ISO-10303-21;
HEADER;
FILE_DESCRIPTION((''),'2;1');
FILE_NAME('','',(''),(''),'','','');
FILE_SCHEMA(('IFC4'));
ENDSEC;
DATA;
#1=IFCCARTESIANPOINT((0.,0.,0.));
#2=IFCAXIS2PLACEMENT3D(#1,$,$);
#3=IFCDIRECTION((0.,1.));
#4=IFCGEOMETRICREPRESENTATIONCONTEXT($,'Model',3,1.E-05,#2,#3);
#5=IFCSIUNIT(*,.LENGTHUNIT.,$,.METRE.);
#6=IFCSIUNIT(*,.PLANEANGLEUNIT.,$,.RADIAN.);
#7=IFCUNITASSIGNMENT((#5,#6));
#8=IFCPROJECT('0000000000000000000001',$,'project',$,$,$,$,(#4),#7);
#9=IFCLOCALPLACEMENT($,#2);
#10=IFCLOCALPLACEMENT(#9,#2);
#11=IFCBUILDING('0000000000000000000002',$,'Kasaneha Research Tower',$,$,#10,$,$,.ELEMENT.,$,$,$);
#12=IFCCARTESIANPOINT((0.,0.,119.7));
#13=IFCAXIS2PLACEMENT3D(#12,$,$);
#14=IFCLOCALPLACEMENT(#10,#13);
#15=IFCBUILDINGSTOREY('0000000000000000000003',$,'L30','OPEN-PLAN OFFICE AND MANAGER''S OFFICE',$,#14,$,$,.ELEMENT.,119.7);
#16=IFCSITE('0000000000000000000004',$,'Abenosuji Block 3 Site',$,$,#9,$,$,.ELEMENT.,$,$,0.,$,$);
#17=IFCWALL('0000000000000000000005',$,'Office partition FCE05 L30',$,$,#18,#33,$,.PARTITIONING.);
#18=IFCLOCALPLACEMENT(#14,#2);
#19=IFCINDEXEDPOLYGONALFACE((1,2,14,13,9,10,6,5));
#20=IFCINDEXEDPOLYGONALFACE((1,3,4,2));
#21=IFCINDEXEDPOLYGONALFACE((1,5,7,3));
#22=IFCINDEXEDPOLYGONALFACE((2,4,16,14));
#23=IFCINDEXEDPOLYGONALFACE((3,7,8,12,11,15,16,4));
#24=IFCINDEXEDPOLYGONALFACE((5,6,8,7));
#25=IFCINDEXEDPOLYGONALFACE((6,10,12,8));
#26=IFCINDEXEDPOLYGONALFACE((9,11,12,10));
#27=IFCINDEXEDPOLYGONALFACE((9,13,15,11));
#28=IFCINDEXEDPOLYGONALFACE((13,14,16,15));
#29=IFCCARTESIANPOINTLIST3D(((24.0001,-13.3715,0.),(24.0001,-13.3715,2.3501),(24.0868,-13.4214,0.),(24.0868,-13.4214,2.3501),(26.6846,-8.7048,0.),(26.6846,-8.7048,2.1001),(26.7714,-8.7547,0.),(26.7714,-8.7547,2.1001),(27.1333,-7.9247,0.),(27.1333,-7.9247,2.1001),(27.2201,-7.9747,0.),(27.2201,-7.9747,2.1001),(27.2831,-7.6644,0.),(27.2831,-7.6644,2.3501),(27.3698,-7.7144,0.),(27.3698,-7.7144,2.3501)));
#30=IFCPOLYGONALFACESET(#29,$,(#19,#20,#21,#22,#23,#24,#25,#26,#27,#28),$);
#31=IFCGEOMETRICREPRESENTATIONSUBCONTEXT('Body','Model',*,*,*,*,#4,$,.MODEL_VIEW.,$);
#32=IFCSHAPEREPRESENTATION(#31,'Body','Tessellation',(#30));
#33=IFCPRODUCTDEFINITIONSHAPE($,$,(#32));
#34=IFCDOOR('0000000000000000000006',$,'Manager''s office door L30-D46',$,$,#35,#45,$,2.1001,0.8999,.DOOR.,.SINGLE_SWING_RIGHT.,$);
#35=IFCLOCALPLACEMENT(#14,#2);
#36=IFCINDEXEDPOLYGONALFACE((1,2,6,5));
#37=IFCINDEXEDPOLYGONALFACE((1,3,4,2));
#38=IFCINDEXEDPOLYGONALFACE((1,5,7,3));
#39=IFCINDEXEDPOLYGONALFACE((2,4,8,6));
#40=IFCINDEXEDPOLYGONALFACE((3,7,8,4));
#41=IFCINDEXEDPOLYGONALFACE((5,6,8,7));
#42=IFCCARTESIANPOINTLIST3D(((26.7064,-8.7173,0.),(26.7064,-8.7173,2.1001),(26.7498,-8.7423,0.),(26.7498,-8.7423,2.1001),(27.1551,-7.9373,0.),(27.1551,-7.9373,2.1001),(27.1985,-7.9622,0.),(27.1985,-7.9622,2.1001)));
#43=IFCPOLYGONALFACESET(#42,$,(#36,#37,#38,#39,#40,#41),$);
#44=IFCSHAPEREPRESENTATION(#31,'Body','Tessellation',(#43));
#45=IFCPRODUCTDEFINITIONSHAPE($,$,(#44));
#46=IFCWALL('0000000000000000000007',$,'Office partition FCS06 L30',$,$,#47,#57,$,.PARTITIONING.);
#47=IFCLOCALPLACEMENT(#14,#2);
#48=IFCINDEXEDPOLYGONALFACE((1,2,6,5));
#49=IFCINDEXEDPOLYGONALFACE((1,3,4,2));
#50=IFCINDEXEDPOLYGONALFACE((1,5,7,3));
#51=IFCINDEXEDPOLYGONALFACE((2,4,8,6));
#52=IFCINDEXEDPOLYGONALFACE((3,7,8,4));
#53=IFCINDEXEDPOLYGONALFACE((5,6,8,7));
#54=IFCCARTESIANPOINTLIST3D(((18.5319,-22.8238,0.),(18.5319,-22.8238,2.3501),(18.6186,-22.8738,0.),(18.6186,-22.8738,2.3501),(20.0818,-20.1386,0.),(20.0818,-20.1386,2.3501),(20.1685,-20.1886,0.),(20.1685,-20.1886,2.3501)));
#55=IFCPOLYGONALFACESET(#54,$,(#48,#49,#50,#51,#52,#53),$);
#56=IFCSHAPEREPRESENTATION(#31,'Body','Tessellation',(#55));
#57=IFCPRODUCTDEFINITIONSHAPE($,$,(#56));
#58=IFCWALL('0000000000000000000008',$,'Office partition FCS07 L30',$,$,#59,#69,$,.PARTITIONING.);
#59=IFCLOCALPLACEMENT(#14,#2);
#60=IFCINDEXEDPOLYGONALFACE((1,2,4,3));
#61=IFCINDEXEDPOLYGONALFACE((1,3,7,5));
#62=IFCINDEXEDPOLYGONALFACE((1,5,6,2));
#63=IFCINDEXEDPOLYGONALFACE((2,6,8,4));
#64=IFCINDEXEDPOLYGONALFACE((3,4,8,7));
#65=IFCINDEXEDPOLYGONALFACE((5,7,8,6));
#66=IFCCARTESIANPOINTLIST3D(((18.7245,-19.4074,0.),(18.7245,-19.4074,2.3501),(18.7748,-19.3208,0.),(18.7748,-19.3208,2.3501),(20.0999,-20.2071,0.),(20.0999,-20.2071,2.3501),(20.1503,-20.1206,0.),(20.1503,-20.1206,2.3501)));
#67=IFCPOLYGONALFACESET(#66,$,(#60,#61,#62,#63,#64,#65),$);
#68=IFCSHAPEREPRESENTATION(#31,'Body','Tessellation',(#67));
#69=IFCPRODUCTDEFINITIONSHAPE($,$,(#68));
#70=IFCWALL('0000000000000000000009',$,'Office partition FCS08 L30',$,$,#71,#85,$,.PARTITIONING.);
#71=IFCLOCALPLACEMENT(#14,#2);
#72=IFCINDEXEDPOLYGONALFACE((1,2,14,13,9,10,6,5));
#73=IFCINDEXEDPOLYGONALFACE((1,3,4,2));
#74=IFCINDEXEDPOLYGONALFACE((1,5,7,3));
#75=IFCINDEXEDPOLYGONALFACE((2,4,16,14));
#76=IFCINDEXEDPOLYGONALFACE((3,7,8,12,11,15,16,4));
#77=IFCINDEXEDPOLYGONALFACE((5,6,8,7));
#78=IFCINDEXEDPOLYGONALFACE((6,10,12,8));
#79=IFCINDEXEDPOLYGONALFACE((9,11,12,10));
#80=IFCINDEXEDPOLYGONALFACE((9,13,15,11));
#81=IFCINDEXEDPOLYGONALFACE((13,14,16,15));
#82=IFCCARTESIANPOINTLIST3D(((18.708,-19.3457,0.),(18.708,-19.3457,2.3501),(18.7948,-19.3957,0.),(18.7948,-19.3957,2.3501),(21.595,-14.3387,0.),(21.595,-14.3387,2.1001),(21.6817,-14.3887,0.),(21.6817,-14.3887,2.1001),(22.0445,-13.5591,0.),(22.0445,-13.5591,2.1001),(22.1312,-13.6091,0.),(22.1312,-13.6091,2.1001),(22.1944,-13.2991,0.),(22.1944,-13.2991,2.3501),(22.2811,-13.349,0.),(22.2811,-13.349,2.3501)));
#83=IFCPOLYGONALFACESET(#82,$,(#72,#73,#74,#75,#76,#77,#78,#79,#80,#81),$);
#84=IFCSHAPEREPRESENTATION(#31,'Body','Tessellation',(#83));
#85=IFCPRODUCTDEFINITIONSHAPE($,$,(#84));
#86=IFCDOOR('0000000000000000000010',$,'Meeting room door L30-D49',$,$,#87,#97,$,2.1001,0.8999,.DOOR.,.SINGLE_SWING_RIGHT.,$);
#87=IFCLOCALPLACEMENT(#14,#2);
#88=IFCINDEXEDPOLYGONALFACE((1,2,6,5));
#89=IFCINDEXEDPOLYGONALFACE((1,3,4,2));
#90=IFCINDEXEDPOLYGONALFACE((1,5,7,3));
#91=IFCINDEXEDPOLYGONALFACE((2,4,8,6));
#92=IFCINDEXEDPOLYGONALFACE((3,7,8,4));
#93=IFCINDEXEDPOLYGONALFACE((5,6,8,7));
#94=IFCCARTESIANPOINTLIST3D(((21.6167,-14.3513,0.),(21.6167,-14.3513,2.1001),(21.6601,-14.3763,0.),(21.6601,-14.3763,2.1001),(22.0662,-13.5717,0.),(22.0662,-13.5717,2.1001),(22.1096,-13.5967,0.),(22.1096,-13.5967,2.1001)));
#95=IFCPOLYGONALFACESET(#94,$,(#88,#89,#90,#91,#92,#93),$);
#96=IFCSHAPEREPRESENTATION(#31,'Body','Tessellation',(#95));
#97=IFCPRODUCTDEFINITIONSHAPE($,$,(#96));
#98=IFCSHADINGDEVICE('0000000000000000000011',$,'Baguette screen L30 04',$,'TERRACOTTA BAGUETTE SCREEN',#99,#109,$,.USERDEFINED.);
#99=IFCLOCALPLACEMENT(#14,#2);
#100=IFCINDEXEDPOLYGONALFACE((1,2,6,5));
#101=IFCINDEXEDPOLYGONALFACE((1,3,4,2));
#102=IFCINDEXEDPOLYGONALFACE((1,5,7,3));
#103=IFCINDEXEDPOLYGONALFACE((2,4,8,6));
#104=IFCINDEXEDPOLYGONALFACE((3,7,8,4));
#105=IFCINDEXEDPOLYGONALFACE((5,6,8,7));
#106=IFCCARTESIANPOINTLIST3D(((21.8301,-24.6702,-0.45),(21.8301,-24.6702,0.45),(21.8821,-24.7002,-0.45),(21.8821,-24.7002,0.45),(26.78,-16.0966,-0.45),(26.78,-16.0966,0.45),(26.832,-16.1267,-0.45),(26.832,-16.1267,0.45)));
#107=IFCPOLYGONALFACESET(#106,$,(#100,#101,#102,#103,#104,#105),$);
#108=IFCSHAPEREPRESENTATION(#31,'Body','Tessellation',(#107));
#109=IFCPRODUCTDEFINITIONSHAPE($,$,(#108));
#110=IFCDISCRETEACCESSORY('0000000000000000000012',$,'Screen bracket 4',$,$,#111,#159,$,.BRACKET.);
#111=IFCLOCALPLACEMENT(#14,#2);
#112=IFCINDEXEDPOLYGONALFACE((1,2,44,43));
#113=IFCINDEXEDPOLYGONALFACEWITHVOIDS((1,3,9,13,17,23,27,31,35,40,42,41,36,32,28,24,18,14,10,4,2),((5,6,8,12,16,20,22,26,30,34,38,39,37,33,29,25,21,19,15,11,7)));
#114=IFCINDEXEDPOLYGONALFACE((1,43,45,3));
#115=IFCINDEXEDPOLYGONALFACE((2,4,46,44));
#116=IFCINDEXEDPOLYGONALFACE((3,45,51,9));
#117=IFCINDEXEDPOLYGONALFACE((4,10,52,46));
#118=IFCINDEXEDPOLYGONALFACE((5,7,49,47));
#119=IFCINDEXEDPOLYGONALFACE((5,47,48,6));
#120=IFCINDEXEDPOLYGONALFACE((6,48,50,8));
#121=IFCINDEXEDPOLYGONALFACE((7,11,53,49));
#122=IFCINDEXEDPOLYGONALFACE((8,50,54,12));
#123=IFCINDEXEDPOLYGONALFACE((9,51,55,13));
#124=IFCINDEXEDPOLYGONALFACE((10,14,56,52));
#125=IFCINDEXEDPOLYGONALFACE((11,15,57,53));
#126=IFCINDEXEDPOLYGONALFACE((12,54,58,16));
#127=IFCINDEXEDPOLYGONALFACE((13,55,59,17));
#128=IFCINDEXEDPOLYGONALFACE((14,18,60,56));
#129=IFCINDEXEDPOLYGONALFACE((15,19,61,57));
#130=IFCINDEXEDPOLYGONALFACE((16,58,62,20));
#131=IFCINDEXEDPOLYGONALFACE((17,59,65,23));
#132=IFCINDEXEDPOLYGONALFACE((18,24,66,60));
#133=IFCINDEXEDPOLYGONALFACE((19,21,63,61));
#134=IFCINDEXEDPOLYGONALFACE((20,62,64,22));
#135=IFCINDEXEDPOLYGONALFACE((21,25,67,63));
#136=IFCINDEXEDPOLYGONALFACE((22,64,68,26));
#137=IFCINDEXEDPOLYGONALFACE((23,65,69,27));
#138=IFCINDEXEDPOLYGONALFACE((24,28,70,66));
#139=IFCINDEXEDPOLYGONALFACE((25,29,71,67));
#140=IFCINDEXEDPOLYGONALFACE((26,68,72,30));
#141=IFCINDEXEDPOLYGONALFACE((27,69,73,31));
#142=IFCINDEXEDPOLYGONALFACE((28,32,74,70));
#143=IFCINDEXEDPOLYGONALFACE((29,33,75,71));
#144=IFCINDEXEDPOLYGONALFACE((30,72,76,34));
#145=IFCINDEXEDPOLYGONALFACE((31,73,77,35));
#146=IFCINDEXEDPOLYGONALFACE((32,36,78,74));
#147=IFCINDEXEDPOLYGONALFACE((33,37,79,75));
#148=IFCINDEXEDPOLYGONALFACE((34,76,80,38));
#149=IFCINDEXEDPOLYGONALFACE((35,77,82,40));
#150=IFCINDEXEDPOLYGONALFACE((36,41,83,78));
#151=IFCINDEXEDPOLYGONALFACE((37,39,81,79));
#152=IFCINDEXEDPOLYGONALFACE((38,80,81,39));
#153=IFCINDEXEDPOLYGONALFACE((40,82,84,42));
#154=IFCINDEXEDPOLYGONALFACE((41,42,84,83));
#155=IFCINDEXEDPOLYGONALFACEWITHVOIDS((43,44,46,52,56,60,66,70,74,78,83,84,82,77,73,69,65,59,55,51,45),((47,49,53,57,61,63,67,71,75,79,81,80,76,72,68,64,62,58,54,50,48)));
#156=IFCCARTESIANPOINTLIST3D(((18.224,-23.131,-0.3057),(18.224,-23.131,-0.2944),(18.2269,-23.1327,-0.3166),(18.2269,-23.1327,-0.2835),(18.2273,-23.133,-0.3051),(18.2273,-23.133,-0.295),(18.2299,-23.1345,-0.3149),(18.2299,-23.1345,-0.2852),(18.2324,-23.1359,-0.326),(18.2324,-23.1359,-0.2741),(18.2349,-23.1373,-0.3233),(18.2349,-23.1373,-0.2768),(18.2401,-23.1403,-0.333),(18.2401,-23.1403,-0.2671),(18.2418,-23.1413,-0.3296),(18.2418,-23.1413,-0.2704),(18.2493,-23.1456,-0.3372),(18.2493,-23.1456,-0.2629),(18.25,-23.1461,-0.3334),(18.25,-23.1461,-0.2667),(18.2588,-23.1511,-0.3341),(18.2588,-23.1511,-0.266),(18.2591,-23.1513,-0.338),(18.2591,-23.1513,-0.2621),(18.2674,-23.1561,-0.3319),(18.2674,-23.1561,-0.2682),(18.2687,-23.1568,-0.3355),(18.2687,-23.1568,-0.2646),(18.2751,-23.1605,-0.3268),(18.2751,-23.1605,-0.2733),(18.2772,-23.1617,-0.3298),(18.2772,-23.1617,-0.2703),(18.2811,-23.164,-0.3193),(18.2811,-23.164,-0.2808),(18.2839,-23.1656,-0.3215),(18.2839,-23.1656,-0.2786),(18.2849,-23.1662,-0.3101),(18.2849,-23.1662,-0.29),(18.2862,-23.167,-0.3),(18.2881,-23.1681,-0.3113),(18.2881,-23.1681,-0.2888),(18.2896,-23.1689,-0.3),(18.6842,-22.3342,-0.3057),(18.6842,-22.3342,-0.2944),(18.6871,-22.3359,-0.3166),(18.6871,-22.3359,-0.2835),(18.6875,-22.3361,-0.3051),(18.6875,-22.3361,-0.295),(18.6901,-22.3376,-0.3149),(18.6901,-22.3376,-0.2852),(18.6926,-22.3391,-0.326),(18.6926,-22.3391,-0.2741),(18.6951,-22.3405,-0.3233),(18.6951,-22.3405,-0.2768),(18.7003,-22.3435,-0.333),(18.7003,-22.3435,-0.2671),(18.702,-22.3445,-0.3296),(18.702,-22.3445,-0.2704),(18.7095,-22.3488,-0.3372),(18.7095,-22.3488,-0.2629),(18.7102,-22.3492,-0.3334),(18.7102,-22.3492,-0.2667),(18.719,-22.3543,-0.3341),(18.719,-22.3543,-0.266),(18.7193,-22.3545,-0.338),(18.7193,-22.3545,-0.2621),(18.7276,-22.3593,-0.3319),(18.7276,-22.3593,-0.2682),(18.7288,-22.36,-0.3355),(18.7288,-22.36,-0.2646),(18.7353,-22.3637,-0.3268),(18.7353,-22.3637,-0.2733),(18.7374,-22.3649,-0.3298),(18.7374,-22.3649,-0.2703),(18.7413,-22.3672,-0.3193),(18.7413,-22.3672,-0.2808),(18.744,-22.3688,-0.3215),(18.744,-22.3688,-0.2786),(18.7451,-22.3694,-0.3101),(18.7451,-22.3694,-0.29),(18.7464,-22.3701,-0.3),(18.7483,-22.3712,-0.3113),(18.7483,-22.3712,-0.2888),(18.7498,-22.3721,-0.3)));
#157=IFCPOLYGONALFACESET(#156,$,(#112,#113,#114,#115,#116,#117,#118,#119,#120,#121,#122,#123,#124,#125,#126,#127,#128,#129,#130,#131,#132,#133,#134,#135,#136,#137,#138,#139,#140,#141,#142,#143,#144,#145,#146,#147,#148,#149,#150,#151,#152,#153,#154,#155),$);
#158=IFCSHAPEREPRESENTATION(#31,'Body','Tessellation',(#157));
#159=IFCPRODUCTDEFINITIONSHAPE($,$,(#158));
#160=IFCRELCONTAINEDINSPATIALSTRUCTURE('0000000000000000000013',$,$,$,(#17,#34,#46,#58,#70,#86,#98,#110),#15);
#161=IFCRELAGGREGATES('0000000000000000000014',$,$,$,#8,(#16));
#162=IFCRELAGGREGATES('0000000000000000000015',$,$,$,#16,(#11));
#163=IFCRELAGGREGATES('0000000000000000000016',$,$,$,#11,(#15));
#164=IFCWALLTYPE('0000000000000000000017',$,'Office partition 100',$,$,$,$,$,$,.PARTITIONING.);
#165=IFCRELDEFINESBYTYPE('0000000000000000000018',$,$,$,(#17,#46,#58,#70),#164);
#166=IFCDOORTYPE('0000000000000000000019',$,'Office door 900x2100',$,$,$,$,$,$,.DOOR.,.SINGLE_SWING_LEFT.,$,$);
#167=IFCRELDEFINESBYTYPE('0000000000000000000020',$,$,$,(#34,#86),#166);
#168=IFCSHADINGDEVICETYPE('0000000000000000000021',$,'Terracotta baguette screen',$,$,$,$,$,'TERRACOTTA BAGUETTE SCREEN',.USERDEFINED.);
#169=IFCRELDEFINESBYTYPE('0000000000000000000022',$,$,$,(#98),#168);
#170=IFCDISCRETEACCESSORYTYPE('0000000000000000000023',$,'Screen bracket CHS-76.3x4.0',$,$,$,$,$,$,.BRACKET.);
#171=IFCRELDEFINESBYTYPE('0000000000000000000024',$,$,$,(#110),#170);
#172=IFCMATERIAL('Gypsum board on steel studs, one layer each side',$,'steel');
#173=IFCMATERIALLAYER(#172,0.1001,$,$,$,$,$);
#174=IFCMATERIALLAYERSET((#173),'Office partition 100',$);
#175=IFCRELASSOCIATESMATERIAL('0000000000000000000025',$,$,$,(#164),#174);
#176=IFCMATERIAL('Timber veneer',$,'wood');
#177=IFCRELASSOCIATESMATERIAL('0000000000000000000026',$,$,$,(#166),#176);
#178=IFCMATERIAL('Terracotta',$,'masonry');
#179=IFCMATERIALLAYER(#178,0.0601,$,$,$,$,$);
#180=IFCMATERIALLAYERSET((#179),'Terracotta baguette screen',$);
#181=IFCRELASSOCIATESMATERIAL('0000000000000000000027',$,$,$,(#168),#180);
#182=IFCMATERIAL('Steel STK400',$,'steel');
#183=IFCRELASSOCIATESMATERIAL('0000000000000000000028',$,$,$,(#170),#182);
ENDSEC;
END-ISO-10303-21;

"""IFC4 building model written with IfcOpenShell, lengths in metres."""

from ifc_helpers import new_model, si_unit, direction, frame, frame_2d, origin, origin_2d, place, context, subcontext, project, spatial, rectangle, hollow_circle, extrude, material, layer, layer_set, material_profile, profile_set, type_object, element, fill, save


model = new_model("IFC4")

# Units and contexts
model_context = context("Model", 3, precision=1e-05, world=origin(), true_north=direction((0.0, 1.0)))
body_context = subcontext(model_context, "Body", "Model", "MODEL_VIEW")
ifc_project = project(units=[si_unit("LENGTHUNIT", "METRE"), si_unit("PLANEANGLEUNIT", "RADIAN")], contexts=[model_context])

# Site, building, storey
site_placement = place(None, origin())
site = spatial("IfcSite", under=ifc_project, at=site_placement, Name="Abenosuji Block 3 Site", CompositionType="ELEMENT", RefElevation=0.0)
building_placement = place(site_placement, origin())
building = spatial("IfcBuilding", under=site, at=building_placement, Name="Kasaneha Research Tower", CompositionType="ELEMENT")
storey_placement = place(building_placement, frame((0.0, 0.0, 119.7)))
storey = spatial("IfcBuildingStorey", under=building, at=storey_placement, Name="L30", Description="OPEN-PLAN OFFICE AND MANAGER'S OFFICE", CompositionType="ELEMENT", Elevation=119.7)

# Wall, opening, door
ifc_material_1 = material(Name="Gypsum board on steel studs, one layer each side", Category="steel")
ifc_layer_1 = layer(ifc_material_1, 0.1001)
ifc_layer_set_1 = layer_set([ifc_layer_1], Name="Office partition 100")
wall_type = type_object("IfcWallType", Name="Office partition 100", PredefinedType="PARTITIONING", material=ifc_layer_set_1)
wall_1_placement = place(storey_placement, frame((24.0435, -13.3965, 0.0), z_axis=(0.0, 0.0, 1.0), x_axis=(0.498633, 0.866813, 0.0)))
wall_1 = element("IfcWall", 1, at=wall_1_placement, inside=storey, type_object=wall_type, Name="Office partition FCE05 L30", PredefinedType="PARTITIONING", context=body_context, shape_type="SweptSolid", body=[
    extrude(rectangle(XDim=6.584, YDim=0.1001, at=frame_2d((3.292, 0.0))), origin(), (0.0, 0.0, 1.0), 2.3501),
])
opening_1_placement = place(wall_1_placement, frame((5.3838, 0.0, 0.0)))
opening_1 = element("IfcOpeningElement", 2, at=opening_1_placement, cuts=wall_1, PredefinedType="OPENING", context=body_context, shape_type="SweptSolid", body=[
    extrude(rectangle(XDim=0.8999, YDim=2.1001, at=frame_2d((0.45, 1.05))), frame((0.0, 0.0601, 0.0), z_axis=(0.0, -1.0, 0.0), x_axis=(1.0, 0.0, 0.0)), (0.0, 0.0, 1.0), 0.1201),
])
ifc_material_2 = material(Name="Timber veneer", Category="wood")
door_type = type_object("IfcDoorType", Name="Office door 900x2100", OperationType="SINGLE_SWING_LEFT", PredefinedType="DOOR", material=ifc_material_2)
door_1_placement = place(opening_1_placement, origin())
door_1 = element("IfcDoor", 3, at=door_1_placement, inside=storey, type_object=door_type, Name="Manager's office door L30-D46", OperationType="SINGLE_SWING_RIGHT", OverallHeight=2.1001, OverallWidth=0.8999, PredefinedType="DOOR", context=body_context, shape_type="SweptSolid", body=[
    extrude(rectangle(XDim=0.8999, YDim=2.1001, at=frame_2d((0.45, 1.05))), frame((0.0, 0.0249, 0.0), z_axis=(0.0, -1.0, 0.0), x_axis=(1.0, 0.0, 0.0)), (0.0, 0.0, 1.0), 0.05),
])
fill(opening_1, door_1)

# Walls
wall_2_placement = place(storey_placement, frame((18.5752, -22.8489, 0.0), z_axis=(0.0, 0.0, 1.0), x_axis=(0.4999, 0.866083, 0.0)))
element("IfcWall", 4, at=wall_2_placement, inside=storey, type_object=wall_type, Name="Office partition FCS06 L30", PredefinedType="PARTITIONING", context=body_context, shape_type="SweptSolid", body=[
    extrude(rectangle(XDim=3.1003, YDim=0.1001, at=frame_2d((1.5503, 0.0))), origin(), (0.0, 0.0, 1.0), 2.3501),
])
wall_3_placement = place(storey_placement, frame((20.125, -20.1638, 0.0), z_axis=(0.0, 0.0, 1.0), x_axis=(-0.864479, 0.502668, 0.0)))
element("IfcWall", 5, at=wall_3_placement, inside=storey, type_object=wall_type, Name="Office partition FCS07 L30", PredefinedType="PARTITIONING", context=body_context, shape_type="SweptSolid", body=[
    extrude(rectangle(XDim=1.5911, YDim=0.1001, at=frame_2d((0.7954, 0.0))), origin(), (0.0, 0.0, 1.0), 2.3501),
])

# Wall, opening, door
wall_4_placement = place(storey_placement, frame((18.7515, -19.3706, 0.0), z_axis=(0.0, 0.0, 1.0), x_axis=(0.499495, 0.866317, 0.0)))
wall_4 = element("IfcWall", 6, at=wall_4_placement, inside=storey, type_object=wall_type, Name="Office partition FCS08 L30", PredefinedType="PARTITIONING", context=body_context, shape_type="SweptSolid", body=[
    extrude(rectangle(XDim=6.9797, YDim=0.1001, at=frame_2d((3.4897, 0.0))), origin(), (0.0, 0.0, 1.0), 2.3501),
])
opening_2_placement = place(wall_4_placement, frame((5.7795, 0.0, 0.0)))
opening_2 = element("IfcOpeningElement", 7, at=opening_2_placement, cuts=wall_4, PredefinedType="OPENING", context=body_context, shape_type="SweptSolid", body=[
    extrude(rectangle(XDim=0.8999, YDim=2.1001, at=frame_2d((0.45, 1.05))), frame((0.0, 0.0601, 0.0), z_axis=(0.0, -1.0, 0.0), x_axis=(1.0, 0.0, 0.0)), (0.0, 0.0, 1.0), 0.1201),
])
door_2_placement = place(opening_2_placement, origin())
door_2 = element("IfcDoor", 8, at=door_2_placement, inside=storey, type_object=door_type, Name="Meeting room door L30-D49", OperationType="SINGLE_SWING_RIGHT", OverallHeight=2.1001, OverallWidth=0.8999, PredefinedType="DOOR", context=body_context, shape_type="SweptSolid", body=[
    extrude(rectangle(XDim=0.8999, YDim=2.1001, at=frame_2d((0.45, 1.05))), frame((0.0, 0.0249, 0.0), z_axis=(0.0, -1.0, 0.0), x_axis=(1.0, 0.0, 0.0)), (0.0, 0.0, 1.0), 0.05),
])
fill(opening_2, door_2)

# Shading device
ifc_material_3 = material(Name="Terracotta", Category="masonry")
ifc_layer_2 = layer(ifc_material_3, 0.0601)
ifc_layer_set_2 = layer_set([ifc_layer_2], Name="Terracotta baguette screen")
shading_device_type = type_object("IfcShadingDeviceType", Name="Terracotta baguette screen", ElementType="TERRACOTTA BAGUETTE SCREEN", PredefinedType="USERDEFINED", material=ifc_layer_set_2)
shading_device_placement = place(storey_placement, frame((24.3311, -20.3984, -0.45), z_axis=(0.0, 0.0, 1.0), x_axis=(0.5, 0.866025, 0.0)))
element("IfcShadingDevice", 9, at=shading_device_placement, inside=storey, type_object=shading_device_type, Name="Baguette screen L30 04", ObjectType="TERRACOTTA BAGUETTE SCREEN", PredefinedType="USERDEFINED", context=body_context, shape_type="SweptSolid", body=[
    extrude(rectangle(XDim=9.8999, YDim=0.0601, at=origin_2d()), origin(), (0.0, 0.0, 1.0), 0.8999),
])

# Discrete accessory
ifc_material_4 = material(Name="Steel STK400", Category="steel")
ifc_material_profile_1 = material_profile(ifc_material_4, hollow_circle(Radius=0.0381, WallThickness=0.0039, at=origin_2d()), Name="CHS-76.3x4.0")
ifc_profile_set_1 = profile_set([ifc_material_profile_1], Name="Steel STK400")
discrete_accessory_type = type_object("IfcDiscreteAccessoryType", Name="Screen bracket CHS-76.3x4.0", PredefinedType="BRACKET", material=ifc_profile_set_1)
discrete_accessory_1_placement = place(storey_placement, frame((18.7168, -22.353, -0.3), z_axis=(-0.500105, -0.865965, 0.0), x_axis=(0.865965, -0.500105, 0.0)))
element("IfcDiscreteAccessory", 10, at=discrete_accessory_1_placement, inside=storey, type_object=discrete_accessory_type, Name="Screen bracket 4", PredefinedType="BRACKET", context=body_context, shape_type="SweptSolid", body=[
    extrude(hollow_circle(Radius=0.0381, WallThickness=0.0039, at=origin_2d()), origin(), (0.0, 0.0, 1.0), 0.9202),
])

save(model, "model.ifc")
